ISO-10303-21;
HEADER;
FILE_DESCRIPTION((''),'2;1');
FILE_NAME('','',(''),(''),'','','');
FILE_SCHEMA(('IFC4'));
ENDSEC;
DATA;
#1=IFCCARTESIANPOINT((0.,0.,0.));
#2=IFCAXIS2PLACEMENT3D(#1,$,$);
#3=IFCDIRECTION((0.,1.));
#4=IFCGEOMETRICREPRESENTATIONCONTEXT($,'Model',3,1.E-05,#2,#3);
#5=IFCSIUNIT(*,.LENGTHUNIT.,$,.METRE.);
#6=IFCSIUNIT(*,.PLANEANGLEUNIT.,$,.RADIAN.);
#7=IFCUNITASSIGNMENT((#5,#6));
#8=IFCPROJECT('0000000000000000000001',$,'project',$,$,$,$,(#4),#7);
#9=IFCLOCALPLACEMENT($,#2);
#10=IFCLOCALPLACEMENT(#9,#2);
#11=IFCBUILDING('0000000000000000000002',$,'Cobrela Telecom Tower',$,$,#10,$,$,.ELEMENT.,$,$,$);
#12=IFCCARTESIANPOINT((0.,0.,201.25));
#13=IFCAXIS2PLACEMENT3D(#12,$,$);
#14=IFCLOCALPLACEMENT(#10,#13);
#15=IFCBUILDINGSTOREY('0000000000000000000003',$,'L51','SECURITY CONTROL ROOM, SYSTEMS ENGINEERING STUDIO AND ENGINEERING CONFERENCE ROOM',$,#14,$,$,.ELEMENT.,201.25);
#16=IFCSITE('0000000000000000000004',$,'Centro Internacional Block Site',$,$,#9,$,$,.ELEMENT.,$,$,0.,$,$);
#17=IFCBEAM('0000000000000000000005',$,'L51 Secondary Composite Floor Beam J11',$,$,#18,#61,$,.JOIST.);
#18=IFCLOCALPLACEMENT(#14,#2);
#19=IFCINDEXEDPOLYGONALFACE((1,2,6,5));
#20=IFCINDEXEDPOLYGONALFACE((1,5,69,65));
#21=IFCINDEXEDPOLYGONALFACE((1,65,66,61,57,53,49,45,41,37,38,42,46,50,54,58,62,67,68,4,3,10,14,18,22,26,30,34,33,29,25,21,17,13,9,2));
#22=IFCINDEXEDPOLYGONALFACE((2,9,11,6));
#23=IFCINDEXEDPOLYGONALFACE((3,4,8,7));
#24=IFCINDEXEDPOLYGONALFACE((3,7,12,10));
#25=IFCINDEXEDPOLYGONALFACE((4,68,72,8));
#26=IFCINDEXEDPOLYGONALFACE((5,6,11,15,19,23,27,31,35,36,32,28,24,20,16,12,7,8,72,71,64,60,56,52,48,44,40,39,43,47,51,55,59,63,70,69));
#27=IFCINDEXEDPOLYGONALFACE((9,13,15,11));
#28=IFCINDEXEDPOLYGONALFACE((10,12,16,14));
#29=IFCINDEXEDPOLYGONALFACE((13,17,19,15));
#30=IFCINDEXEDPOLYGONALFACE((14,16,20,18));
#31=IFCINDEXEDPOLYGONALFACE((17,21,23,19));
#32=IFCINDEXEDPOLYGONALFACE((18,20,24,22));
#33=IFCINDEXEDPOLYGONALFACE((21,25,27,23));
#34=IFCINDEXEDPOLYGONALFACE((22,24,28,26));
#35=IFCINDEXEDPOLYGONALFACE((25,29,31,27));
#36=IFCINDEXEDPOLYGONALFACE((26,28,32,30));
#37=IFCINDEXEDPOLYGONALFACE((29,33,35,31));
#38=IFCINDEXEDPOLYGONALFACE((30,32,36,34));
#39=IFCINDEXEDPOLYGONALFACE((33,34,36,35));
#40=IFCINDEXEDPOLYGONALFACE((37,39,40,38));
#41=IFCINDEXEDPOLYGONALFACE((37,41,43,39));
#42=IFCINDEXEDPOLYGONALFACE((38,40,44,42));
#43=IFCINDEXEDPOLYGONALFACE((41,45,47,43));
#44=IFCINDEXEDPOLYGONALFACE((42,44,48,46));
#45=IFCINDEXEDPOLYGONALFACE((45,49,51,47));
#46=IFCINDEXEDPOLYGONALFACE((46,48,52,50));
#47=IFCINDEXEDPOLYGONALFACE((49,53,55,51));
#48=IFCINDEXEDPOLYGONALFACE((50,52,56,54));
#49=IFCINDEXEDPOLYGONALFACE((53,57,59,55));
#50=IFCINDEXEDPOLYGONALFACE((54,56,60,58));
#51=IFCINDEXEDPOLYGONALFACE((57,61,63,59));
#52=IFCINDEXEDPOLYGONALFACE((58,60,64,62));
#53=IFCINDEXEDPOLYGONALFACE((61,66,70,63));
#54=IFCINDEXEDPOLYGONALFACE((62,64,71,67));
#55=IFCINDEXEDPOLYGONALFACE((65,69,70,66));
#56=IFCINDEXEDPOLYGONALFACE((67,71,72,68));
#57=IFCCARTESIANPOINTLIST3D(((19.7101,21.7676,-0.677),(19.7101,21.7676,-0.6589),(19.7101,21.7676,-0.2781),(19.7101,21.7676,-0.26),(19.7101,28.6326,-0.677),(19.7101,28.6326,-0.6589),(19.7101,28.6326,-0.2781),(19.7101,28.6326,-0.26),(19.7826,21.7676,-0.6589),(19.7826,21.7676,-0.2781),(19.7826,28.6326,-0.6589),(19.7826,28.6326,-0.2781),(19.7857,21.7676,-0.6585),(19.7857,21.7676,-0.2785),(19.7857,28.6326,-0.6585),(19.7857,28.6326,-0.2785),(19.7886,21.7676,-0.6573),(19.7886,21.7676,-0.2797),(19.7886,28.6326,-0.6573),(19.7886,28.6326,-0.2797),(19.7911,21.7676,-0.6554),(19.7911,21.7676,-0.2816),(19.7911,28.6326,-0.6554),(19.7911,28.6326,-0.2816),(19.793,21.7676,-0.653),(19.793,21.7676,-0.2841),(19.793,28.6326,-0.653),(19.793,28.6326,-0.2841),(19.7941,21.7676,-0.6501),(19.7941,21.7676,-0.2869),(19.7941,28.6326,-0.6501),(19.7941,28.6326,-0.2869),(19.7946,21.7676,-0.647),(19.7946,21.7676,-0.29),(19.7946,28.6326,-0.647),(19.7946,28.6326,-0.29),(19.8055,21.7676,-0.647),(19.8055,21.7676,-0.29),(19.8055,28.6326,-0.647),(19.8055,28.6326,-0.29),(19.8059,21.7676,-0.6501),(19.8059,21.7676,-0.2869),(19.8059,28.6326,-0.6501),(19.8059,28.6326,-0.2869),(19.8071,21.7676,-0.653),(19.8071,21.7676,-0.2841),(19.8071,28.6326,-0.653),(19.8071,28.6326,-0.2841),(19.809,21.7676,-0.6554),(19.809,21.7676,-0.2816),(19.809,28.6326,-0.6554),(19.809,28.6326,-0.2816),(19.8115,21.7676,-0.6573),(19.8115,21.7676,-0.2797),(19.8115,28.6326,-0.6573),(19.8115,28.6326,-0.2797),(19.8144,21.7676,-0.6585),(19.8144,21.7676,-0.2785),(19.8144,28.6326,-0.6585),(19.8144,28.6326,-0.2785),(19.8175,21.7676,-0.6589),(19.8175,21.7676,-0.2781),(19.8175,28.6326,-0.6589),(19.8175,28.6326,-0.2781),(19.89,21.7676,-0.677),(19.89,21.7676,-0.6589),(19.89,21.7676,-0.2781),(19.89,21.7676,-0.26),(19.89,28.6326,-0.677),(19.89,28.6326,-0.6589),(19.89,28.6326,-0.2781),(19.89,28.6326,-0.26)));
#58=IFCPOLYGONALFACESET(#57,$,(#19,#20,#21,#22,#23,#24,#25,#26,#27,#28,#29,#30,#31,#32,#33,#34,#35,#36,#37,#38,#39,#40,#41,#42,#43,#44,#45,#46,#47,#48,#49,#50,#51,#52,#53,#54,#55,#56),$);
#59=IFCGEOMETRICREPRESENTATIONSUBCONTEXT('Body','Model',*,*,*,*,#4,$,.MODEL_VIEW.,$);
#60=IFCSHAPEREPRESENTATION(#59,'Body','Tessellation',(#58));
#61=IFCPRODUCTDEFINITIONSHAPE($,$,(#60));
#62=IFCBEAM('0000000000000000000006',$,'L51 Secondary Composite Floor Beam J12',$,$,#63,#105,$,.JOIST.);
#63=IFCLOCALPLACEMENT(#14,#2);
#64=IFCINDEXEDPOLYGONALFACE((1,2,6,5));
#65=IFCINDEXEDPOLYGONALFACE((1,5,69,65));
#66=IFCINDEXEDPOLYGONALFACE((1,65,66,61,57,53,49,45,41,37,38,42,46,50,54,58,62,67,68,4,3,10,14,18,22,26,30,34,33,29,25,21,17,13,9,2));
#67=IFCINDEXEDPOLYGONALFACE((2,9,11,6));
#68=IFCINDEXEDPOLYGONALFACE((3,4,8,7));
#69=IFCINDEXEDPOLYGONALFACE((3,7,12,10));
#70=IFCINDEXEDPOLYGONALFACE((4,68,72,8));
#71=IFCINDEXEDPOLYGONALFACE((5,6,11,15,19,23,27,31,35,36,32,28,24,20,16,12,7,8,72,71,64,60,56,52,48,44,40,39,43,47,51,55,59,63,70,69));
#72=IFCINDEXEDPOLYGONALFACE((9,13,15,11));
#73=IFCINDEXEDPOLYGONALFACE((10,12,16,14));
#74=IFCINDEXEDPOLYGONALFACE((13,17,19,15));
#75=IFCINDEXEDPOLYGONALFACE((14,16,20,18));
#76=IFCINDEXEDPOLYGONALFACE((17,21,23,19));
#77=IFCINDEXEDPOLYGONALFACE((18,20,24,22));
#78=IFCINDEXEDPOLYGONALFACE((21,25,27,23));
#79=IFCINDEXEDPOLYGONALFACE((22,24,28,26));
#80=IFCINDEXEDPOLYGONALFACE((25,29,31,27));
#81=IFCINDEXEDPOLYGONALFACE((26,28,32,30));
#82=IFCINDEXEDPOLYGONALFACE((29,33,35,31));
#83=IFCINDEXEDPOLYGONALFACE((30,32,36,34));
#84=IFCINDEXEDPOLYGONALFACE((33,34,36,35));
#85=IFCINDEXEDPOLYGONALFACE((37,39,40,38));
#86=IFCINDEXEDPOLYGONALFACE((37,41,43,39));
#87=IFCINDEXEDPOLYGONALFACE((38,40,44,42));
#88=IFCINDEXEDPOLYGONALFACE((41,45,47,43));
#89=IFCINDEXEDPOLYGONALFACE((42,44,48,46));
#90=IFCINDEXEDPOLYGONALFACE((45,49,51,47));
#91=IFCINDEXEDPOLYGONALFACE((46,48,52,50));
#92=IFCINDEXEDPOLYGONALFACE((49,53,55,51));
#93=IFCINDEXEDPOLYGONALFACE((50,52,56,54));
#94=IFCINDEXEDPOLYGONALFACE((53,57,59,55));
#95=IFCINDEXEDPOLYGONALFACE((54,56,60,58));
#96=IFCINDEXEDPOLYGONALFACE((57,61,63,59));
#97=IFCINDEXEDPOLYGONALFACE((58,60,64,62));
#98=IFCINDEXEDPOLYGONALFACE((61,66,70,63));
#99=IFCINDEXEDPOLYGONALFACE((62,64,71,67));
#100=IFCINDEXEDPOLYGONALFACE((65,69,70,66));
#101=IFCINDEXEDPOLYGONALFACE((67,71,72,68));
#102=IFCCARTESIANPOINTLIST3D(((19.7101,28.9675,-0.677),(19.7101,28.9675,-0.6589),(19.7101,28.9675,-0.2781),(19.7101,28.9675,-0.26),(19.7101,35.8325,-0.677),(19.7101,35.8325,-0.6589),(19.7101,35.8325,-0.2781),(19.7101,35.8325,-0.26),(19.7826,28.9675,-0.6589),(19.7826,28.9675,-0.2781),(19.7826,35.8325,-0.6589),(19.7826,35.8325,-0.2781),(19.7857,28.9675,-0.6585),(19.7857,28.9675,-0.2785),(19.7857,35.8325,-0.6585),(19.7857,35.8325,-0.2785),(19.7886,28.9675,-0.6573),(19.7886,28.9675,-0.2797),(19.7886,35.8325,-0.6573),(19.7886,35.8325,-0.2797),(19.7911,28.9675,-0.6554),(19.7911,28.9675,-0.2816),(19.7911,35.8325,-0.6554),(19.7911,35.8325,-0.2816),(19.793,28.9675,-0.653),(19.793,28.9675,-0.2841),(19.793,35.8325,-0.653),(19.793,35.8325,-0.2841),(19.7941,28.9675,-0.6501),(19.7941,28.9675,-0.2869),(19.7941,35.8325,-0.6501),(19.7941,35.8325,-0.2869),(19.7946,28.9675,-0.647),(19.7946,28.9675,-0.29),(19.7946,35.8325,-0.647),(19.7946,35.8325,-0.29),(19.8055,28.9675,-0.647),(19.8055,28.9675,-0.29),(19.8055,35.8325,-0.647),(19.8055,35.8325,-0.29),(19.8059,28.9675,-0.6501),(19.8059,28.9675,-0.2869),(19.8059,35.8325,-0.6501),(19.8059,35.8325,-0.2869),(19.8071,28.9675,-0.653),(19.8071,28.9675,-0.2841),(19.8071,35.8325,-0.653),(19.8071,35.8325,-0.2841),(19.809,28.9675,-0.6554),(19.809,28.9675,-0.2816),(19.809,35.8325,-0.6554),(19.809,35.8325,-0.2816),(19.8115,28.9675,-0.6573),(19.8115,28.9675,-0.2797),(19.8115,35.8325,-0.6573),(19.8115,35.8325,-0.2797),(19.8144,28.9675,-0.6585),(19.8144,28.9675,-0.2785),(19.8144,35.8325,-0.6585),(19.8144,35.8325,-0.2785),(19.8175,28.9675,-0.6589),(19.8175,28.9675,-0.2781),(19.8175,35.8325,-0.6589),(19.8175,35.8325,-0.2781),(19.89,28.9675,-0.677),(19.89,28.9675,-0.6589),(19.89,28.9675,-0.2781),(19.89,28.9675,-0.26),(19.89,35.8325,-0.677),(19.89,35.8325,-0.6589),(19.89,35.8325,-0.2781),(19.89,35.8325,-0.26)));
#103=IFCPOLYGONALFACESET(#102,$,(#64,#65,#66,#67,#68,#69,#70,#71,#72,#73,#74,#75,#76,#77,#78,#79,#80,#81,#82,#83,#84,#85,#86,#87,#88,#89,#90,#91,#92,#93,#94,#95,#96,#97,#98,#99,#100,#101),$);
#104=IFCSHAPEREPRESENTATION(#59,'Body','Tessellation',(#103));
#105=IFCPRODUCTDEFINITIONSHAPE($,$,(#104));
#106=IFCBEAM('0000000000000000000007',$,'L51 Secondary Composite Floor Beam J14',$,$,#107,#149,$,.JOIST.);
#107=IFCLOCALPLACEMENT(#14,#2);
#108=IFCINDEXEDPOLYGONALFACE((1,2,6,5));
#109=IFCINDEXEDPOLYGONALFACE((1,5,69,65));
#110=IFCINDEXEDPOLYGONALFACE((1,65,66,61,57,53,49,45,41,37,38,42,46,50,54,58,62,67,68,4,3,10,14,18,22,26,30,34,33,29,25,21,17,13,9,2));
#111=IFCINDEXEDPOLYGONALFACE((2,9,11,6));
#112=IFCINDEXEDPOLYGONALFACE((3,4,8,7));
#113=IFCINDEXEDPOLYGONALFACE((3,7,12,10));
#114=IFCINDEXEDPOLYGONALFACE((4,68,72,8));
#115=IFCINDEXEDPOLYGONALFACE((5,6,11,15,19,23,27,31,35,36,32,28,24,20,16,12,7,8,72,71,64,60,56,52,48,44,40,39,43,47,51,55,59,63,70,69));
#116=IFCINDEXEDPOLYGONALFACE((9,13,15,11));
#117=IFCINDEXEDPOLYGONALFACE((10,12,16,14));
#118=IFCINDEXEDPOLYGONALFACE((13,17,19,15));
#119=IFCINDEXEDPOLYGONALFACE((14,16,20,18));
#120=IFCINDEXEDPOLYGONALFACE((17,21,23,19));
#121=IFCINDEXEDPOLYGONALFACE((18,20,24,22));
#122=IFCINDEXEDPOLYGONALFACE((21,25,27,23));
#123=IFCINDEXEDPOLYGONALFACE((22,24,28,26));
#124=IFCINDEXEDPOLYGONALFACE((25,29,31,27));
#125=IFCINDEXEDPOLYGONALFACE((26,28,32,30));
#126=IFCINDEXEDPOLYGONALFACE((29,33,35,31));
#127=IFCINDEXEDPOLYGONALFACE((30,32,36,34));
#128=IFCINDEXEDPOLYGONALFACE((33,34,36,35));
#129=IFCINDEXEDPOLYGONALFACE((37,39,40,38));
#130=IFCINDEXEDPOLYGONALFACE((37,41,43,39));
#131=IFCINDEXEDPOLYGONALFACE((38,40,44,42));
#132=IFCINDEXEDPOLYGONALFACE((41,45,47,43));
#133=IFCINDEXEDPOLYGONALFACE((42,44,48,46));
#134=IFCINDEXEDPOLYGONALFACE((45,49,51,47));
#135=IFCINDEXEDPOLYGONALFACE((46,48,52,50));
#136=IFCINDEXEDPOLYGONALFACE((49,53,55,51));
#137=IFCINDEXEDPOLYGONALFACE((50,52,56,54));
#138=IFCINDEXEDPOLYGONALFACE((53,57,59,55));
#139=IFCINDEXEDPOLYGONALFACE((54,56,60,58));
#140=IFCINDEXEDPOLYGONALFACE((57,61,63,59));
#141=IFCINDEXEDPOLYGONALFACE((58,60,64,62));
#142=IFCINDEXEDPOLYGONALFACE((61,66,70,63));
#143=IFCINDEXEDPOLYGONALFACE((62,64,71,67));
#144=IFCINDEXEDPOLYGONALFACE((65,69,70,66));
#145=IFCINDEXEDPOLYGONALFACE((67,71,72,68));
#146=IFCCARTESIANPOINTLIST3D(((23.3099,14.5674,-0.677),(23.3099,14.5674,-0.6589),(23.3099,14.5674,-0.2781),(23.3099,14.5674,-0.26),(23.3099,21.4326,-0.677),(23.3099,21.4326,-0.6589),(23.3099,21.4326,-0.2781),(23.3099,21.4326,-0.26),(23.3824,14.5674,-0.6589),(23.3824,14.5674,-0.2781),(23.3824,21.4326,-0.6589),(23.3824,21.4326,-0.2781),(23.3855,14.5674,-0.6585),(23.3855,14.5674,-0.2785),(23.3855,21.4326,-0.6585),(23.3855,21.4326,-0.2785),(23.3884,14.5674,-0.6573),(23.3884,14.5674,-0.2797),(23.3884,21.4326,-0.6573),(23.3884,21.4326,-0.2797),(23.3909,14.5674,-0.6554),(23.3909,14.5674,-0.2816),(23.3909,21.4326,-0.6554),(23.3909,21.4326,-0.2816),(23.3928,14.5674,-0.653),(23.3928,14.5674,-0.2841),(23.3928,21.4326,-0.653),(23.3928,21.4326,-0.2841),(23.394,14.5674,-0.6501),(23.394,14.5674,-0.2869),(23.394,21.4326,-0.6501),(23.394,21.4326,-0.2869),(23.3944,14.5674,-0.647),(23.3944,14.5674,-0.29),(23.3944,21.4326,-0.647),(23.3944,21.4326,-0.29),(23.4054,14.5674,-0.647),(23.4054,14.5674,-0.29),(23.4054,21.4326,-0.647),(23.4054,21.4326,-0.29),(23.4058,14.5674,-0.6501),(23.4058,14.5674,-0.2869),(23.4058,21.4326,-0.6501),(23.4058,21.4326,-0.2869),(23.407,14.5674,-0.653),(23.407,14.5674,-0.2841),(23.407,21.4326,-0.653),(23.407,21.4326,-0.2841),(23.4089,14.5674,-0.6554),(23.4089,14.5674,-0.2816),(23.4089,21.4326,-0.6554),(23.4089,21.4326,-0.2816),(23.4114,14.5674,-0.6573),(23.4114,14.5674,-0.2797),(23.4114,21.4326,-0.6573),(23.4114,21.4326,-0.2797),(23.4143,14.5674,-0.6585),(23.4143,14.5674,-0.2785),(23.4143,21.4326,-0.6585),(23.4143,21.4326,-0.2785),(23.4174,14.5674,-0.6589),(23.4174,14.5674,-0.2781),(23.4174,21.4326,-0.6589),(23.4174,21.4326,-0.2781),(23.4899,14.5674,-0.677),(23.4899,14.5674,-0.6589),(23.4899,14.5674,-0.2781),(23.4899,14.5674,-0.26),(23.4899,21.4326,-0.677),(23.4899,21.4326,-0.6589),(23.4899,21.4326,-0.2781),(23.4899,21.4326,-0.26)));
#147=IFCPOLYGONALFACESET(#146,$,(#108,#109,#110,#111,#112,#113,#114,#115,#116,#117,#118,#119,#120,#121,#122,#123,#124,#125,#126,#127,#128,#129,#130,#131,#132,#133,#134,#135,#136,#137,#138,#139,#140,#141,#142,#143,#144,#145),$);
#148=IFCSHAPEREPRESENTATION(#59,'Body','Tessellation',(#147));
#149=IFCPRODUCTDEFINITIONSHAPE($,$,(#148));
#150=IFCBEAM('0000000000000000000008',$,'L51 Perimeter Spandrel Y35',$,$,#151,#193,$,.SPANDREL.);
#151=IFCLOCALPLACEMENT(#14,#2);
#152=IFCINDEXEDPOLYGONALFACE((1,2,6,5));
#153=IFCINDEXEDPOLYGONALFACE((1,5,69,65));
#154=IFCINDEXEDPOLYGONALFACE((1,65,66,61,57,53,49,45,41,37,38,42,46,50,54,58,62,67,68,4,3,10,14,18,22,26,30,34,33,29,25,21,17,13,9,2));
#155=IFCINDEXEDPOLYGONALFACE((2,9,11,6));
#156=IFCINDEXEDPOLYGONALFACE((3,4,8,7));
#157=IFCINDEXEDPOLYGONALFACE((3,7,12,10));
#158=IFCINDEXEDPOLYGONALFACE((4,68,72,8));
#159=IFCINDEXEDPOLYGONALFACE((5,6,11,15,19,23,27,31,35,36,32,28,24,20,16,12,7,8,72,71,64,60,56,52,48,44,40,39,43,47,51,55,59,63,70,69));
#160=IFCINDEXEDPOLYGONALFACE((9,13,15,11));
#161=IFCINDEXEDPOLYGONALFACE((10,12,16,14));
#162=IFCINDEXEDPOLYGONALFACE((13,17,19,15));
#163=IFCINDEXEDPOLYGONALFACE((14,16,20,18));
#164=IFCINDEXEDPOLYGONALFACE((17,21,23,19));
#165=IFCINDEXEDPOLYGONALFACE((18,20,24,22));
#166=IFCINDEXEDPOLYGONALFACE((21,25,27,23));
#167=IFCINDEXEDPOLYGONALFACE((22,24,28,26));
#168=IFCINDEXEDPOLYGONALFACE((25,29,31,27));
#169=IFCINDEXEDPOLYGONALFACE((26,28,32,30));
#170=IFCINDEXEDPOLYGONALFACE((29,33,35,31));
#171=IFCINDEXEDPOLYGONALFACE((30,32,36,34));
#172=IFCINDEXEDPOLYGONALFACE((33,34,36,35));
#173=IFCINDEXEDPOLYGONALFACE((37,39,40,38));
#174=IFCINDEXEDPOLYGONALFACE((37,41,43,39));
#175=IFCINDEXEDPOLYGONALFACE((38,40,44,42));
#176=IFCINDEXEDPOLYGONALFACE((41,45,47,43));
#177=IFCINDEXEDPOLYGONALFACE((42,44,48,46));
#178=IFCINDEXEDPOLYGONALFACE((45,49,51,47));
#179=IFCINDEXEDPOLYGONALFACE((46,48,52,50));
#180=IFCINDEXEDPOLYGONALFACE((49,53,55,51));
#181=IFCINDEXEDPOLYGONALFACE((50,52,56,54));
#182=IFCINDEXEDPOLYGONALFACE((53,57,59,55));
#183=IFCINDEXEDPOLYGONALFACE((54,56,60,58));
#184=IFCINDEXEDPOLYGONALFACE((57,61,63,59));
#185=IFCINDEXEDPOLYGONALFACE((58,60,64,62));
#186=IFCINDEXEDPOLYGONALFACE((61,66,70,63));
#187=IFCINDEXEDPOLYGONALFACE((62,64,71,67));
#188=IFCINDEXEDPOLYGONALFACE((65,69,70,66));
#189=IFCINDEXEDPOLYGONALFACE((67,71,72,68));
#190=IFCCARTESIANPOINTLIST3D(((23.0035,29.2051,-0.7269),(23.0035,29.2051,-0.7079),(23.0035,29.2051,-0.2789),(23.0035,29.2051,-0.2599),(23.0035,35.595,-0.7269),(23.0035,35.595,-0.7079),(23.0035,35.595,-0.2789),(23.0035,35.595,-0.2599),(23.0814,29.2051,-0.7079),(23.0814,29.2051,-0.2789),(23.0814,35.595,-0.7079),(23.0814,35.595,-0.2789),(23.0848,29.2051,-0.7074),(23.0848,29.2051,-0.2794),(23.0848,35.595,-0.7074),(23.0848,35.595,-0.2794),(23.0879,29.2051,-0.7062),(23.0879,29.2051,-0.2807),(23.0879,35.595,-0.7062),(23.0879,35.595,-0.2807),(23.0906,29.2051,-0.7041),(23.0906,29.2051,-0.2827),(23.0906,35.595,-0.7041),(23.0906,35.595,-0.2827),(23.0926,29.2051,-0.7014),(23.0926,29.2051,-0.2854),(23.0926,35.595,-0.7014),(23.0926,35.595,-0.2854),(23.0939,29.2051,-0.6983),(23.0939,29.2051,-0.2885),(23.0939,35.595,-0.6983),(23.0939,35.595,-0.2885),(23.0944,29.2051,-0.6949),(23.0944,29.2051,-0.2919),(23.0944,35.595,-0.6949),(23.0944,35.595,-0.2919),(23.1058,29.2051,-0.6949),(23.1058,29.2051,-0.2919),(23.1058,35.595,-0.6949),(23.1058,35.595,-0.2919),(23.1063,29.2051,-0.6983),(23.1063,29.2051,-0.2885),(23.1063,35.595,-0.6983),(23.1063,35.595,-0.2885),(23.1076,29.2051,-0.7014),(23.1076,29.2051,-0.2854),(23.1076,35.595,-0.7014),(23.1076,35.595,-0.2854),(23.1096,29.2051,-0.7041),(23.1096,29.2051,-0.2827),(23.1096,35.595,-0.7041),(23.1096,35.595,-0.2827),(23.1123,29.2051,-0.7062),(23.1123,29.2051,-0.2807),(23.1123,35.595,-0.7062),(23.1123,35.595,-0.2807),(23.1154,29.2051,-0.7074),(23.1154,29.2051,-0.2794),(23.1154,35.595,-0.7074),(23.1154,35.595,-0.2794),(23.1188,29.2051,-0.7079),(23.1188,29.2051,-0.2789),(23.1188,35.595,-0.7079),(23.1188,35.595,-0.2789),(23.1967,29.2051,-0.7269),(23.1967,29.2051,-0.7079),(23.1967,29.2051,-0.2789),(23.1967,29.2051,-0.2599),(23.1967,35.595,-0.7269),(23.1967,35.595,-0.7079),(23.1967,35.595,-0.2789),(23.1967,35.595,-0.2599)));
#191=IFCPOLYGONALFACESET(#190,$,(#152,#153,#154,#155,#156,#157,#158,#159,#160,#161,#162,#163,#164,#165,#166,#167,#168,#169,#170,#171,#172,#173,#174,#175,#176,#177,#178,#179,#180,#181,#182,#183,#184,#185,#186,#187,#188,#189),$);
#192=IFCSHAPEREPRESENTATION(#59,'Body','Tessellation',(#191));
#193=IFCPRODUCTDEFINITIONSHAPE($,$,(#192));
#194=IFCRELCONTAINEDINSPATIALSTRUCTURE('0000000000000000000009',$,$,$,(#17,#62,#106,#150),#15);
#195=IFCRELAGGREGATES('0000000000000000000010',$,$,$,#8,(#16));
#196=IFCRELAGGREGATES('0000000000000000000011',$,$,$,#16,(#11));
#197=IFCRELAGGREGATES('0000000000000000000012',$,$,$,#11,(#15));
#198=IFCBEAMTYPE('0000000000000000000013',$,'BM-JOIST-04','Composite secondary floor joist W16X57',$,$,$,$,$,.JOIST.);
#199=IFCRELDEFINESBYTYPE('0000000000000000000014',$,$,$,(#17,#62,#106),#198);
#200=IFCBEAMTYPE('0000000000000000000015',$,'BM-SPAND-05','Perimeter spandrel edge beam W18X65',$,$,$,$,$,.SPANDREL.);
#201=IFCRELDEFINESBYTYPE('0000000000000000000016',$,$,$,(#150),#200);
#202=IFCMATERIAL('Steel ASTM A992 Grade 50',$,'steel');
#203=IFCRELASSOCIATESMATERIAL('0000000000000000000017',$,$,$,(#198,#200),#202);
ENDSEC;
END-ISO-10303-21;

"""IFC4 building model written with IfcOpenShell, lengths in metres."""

from ifc_helpers import new_model, si_unit, direction, frame, origin, origin_2d, place, context, subcontext, project, spatial, i_section, extrude, material, material_profile, profile_set, type_object, element, save


model = new_model("IFC4")

# Units and contexts
model_context = context("Model", 3, precision=1e-05, world=origin(), true_north=direction((0.0, 1.0)))
body_context = subcontext(model_context, "Body", "Model", "MODEL_VIEW")
ifc_project = project(units=[si_unit("LENGTHUNIT", "METRE"), si_unit("PLANEANGLEUNIT", "RADIAN")], contexts=[model_context])

# Site, building, storey
site_placement = place(None, origin())
site = spatial("IfcSite", under=ifc_project, at=site_placement, Name="Centro Internacional Block Site", CompositionType="ELEMENT", RefElevation=0.0)
building_placement = place(site_placement, origin())
building = spatial("IfcBuilding", under=site, at=building_placement, Name="Cobrela Telecom Tower", CompositionType="ELEMENT")
storey_placement = place(building_placement, frame((0.0, 0.0, 201.25)))
storey = spatial("IfcBuildingStorey", under=building, at=storey_placement, Name="L51", Description="SECURITY CONTROL ROOM, SYSTEMS ENGINEERING STUDIO AND ENGINEERING CONFERENCE ROOM", CompositionType="ELEMENT", Elevation=201.25)

# Shared definitions
ifc_material_1 = material(Name="Steel ASTM A992 Grade 50", Category="steel")

# Beams
ifc_material_profile_1 = material_profile(ifc_material_1, i_section(OverallWidth=0.1799, OverallDepth=0.417, WebThickness=0.011, FlangeThickness=0.0181, FilletRadius=0.012, at=origin_2d()), Name="W16X57")
ifc_profile_set_1 = profile_set([ifc_material_profile_1], Name="Steel ASTM A992 Grade 50")
beam_type_1 = type_object("IfcBeamType", Name="BM-JOIST-04", Description="Composite secondary floor joist W16X57", PredefinedType="JOIST", material=ifc_profile_set_1)
for number, where, z_axis, x_axis, name in (
    (1, (19.8, 21.7676, -0.4685), (0.0, 1.0, 0.0), (-1.0, 0.0, 0.0), "L51 Secondary Composite Floor Beam J11"),
    (2, (19.8, 28.9675, -0.4685), (0.0, 1.0, 0.0), (-1.0, 0.0, 0.0), "L51 Secondary Composite Floor Beam J12"),
):
    element("IfcBeam", number, at=place(storey_placement, frame(where, z_axis=z_axis, x_axis=x_axis)), inside=storey, type_object=beam_type_1, Name=name, PredefinedType="JOIST", context=body_context, shape_type="SweptSolid", body=[
        extrude(i_section(OverallWidth=0.1799, OverallDepth=0.417, WebThickness=0.011, FlangeThickness=0.0181, FilletRadius=0.012, at=origin_2d()), origin(), (0.0, 0.0, 1.0), 6.865),
    ])
beam_1_placement = place(storey_placement, frame((23.3999, 14.5674, -0.4685), z_axis=(0.0, 1.0, 0.0), x_axis=(-1.0, 0.0, 0.0)))
element("IfcBeam", 3, at=beam_1_placement, inside=storey, type_object=beam_type_1, Name="L51 Secondary Composite Floor Beam J14", PredefinedType="JOIST", context=body_context, shape_type="SweptSolid", body=[
    extrude(i_section(OverallWidth=0.1799, OverallDepth=0.417, WebThickness=0.011, FlangeThickness=0.0181, FilletRadius=0.012, at=origin_2d()), origin(), (0.0, 0.0, 1.0), 6.8652),
])
ifc_material_profile_2 = material_profile(ifc_material_1, i_section(OverallWidth=0.1931, OverallDepth=0.467, WebThickness=0.0115, FlangeThickness=0.019, FilletRadius=0.0129, at=origin_2d()), Name="W18X65")
ifc_profile_set_2 = profile_set([ifc_material_profile_2], Name="Steel ASTM A992 Grade 50")
beam_type_2 = type_object("IfcBeamType", Name="BM-SPAND-05", Description="Perimeter spandrel edge beam W18X65", PredefinedType="SPANDREL", material=ifc_profile_set_2)
beam_2_placement = place(storey_placement, frame((23.1001, 29.2051, -0.4934), z_axis=(0.0, 1.0, 0.0), x_axis=(-1.0, 0.0, 0.0)))
element("IfcBeam", 4, at=beam_2_placement, inside=storey, type_object=beam_type_2, Name="L51 Perimeter Spandrel Y35", PredefinedType="SPANDREL", context=body_context, shape_type="SweptSolid", body=[
    extrude(i_section(OverallWidth=0.1931, OverallDepth=0.467, WebThickness=0.0115, FlangeThickness=0.019, FilletRadius=0.0129, at=origin_2d()), origin(), (0.0, 0.0, 1.0), 6.3899),
])

save(model, "model.ifc")
